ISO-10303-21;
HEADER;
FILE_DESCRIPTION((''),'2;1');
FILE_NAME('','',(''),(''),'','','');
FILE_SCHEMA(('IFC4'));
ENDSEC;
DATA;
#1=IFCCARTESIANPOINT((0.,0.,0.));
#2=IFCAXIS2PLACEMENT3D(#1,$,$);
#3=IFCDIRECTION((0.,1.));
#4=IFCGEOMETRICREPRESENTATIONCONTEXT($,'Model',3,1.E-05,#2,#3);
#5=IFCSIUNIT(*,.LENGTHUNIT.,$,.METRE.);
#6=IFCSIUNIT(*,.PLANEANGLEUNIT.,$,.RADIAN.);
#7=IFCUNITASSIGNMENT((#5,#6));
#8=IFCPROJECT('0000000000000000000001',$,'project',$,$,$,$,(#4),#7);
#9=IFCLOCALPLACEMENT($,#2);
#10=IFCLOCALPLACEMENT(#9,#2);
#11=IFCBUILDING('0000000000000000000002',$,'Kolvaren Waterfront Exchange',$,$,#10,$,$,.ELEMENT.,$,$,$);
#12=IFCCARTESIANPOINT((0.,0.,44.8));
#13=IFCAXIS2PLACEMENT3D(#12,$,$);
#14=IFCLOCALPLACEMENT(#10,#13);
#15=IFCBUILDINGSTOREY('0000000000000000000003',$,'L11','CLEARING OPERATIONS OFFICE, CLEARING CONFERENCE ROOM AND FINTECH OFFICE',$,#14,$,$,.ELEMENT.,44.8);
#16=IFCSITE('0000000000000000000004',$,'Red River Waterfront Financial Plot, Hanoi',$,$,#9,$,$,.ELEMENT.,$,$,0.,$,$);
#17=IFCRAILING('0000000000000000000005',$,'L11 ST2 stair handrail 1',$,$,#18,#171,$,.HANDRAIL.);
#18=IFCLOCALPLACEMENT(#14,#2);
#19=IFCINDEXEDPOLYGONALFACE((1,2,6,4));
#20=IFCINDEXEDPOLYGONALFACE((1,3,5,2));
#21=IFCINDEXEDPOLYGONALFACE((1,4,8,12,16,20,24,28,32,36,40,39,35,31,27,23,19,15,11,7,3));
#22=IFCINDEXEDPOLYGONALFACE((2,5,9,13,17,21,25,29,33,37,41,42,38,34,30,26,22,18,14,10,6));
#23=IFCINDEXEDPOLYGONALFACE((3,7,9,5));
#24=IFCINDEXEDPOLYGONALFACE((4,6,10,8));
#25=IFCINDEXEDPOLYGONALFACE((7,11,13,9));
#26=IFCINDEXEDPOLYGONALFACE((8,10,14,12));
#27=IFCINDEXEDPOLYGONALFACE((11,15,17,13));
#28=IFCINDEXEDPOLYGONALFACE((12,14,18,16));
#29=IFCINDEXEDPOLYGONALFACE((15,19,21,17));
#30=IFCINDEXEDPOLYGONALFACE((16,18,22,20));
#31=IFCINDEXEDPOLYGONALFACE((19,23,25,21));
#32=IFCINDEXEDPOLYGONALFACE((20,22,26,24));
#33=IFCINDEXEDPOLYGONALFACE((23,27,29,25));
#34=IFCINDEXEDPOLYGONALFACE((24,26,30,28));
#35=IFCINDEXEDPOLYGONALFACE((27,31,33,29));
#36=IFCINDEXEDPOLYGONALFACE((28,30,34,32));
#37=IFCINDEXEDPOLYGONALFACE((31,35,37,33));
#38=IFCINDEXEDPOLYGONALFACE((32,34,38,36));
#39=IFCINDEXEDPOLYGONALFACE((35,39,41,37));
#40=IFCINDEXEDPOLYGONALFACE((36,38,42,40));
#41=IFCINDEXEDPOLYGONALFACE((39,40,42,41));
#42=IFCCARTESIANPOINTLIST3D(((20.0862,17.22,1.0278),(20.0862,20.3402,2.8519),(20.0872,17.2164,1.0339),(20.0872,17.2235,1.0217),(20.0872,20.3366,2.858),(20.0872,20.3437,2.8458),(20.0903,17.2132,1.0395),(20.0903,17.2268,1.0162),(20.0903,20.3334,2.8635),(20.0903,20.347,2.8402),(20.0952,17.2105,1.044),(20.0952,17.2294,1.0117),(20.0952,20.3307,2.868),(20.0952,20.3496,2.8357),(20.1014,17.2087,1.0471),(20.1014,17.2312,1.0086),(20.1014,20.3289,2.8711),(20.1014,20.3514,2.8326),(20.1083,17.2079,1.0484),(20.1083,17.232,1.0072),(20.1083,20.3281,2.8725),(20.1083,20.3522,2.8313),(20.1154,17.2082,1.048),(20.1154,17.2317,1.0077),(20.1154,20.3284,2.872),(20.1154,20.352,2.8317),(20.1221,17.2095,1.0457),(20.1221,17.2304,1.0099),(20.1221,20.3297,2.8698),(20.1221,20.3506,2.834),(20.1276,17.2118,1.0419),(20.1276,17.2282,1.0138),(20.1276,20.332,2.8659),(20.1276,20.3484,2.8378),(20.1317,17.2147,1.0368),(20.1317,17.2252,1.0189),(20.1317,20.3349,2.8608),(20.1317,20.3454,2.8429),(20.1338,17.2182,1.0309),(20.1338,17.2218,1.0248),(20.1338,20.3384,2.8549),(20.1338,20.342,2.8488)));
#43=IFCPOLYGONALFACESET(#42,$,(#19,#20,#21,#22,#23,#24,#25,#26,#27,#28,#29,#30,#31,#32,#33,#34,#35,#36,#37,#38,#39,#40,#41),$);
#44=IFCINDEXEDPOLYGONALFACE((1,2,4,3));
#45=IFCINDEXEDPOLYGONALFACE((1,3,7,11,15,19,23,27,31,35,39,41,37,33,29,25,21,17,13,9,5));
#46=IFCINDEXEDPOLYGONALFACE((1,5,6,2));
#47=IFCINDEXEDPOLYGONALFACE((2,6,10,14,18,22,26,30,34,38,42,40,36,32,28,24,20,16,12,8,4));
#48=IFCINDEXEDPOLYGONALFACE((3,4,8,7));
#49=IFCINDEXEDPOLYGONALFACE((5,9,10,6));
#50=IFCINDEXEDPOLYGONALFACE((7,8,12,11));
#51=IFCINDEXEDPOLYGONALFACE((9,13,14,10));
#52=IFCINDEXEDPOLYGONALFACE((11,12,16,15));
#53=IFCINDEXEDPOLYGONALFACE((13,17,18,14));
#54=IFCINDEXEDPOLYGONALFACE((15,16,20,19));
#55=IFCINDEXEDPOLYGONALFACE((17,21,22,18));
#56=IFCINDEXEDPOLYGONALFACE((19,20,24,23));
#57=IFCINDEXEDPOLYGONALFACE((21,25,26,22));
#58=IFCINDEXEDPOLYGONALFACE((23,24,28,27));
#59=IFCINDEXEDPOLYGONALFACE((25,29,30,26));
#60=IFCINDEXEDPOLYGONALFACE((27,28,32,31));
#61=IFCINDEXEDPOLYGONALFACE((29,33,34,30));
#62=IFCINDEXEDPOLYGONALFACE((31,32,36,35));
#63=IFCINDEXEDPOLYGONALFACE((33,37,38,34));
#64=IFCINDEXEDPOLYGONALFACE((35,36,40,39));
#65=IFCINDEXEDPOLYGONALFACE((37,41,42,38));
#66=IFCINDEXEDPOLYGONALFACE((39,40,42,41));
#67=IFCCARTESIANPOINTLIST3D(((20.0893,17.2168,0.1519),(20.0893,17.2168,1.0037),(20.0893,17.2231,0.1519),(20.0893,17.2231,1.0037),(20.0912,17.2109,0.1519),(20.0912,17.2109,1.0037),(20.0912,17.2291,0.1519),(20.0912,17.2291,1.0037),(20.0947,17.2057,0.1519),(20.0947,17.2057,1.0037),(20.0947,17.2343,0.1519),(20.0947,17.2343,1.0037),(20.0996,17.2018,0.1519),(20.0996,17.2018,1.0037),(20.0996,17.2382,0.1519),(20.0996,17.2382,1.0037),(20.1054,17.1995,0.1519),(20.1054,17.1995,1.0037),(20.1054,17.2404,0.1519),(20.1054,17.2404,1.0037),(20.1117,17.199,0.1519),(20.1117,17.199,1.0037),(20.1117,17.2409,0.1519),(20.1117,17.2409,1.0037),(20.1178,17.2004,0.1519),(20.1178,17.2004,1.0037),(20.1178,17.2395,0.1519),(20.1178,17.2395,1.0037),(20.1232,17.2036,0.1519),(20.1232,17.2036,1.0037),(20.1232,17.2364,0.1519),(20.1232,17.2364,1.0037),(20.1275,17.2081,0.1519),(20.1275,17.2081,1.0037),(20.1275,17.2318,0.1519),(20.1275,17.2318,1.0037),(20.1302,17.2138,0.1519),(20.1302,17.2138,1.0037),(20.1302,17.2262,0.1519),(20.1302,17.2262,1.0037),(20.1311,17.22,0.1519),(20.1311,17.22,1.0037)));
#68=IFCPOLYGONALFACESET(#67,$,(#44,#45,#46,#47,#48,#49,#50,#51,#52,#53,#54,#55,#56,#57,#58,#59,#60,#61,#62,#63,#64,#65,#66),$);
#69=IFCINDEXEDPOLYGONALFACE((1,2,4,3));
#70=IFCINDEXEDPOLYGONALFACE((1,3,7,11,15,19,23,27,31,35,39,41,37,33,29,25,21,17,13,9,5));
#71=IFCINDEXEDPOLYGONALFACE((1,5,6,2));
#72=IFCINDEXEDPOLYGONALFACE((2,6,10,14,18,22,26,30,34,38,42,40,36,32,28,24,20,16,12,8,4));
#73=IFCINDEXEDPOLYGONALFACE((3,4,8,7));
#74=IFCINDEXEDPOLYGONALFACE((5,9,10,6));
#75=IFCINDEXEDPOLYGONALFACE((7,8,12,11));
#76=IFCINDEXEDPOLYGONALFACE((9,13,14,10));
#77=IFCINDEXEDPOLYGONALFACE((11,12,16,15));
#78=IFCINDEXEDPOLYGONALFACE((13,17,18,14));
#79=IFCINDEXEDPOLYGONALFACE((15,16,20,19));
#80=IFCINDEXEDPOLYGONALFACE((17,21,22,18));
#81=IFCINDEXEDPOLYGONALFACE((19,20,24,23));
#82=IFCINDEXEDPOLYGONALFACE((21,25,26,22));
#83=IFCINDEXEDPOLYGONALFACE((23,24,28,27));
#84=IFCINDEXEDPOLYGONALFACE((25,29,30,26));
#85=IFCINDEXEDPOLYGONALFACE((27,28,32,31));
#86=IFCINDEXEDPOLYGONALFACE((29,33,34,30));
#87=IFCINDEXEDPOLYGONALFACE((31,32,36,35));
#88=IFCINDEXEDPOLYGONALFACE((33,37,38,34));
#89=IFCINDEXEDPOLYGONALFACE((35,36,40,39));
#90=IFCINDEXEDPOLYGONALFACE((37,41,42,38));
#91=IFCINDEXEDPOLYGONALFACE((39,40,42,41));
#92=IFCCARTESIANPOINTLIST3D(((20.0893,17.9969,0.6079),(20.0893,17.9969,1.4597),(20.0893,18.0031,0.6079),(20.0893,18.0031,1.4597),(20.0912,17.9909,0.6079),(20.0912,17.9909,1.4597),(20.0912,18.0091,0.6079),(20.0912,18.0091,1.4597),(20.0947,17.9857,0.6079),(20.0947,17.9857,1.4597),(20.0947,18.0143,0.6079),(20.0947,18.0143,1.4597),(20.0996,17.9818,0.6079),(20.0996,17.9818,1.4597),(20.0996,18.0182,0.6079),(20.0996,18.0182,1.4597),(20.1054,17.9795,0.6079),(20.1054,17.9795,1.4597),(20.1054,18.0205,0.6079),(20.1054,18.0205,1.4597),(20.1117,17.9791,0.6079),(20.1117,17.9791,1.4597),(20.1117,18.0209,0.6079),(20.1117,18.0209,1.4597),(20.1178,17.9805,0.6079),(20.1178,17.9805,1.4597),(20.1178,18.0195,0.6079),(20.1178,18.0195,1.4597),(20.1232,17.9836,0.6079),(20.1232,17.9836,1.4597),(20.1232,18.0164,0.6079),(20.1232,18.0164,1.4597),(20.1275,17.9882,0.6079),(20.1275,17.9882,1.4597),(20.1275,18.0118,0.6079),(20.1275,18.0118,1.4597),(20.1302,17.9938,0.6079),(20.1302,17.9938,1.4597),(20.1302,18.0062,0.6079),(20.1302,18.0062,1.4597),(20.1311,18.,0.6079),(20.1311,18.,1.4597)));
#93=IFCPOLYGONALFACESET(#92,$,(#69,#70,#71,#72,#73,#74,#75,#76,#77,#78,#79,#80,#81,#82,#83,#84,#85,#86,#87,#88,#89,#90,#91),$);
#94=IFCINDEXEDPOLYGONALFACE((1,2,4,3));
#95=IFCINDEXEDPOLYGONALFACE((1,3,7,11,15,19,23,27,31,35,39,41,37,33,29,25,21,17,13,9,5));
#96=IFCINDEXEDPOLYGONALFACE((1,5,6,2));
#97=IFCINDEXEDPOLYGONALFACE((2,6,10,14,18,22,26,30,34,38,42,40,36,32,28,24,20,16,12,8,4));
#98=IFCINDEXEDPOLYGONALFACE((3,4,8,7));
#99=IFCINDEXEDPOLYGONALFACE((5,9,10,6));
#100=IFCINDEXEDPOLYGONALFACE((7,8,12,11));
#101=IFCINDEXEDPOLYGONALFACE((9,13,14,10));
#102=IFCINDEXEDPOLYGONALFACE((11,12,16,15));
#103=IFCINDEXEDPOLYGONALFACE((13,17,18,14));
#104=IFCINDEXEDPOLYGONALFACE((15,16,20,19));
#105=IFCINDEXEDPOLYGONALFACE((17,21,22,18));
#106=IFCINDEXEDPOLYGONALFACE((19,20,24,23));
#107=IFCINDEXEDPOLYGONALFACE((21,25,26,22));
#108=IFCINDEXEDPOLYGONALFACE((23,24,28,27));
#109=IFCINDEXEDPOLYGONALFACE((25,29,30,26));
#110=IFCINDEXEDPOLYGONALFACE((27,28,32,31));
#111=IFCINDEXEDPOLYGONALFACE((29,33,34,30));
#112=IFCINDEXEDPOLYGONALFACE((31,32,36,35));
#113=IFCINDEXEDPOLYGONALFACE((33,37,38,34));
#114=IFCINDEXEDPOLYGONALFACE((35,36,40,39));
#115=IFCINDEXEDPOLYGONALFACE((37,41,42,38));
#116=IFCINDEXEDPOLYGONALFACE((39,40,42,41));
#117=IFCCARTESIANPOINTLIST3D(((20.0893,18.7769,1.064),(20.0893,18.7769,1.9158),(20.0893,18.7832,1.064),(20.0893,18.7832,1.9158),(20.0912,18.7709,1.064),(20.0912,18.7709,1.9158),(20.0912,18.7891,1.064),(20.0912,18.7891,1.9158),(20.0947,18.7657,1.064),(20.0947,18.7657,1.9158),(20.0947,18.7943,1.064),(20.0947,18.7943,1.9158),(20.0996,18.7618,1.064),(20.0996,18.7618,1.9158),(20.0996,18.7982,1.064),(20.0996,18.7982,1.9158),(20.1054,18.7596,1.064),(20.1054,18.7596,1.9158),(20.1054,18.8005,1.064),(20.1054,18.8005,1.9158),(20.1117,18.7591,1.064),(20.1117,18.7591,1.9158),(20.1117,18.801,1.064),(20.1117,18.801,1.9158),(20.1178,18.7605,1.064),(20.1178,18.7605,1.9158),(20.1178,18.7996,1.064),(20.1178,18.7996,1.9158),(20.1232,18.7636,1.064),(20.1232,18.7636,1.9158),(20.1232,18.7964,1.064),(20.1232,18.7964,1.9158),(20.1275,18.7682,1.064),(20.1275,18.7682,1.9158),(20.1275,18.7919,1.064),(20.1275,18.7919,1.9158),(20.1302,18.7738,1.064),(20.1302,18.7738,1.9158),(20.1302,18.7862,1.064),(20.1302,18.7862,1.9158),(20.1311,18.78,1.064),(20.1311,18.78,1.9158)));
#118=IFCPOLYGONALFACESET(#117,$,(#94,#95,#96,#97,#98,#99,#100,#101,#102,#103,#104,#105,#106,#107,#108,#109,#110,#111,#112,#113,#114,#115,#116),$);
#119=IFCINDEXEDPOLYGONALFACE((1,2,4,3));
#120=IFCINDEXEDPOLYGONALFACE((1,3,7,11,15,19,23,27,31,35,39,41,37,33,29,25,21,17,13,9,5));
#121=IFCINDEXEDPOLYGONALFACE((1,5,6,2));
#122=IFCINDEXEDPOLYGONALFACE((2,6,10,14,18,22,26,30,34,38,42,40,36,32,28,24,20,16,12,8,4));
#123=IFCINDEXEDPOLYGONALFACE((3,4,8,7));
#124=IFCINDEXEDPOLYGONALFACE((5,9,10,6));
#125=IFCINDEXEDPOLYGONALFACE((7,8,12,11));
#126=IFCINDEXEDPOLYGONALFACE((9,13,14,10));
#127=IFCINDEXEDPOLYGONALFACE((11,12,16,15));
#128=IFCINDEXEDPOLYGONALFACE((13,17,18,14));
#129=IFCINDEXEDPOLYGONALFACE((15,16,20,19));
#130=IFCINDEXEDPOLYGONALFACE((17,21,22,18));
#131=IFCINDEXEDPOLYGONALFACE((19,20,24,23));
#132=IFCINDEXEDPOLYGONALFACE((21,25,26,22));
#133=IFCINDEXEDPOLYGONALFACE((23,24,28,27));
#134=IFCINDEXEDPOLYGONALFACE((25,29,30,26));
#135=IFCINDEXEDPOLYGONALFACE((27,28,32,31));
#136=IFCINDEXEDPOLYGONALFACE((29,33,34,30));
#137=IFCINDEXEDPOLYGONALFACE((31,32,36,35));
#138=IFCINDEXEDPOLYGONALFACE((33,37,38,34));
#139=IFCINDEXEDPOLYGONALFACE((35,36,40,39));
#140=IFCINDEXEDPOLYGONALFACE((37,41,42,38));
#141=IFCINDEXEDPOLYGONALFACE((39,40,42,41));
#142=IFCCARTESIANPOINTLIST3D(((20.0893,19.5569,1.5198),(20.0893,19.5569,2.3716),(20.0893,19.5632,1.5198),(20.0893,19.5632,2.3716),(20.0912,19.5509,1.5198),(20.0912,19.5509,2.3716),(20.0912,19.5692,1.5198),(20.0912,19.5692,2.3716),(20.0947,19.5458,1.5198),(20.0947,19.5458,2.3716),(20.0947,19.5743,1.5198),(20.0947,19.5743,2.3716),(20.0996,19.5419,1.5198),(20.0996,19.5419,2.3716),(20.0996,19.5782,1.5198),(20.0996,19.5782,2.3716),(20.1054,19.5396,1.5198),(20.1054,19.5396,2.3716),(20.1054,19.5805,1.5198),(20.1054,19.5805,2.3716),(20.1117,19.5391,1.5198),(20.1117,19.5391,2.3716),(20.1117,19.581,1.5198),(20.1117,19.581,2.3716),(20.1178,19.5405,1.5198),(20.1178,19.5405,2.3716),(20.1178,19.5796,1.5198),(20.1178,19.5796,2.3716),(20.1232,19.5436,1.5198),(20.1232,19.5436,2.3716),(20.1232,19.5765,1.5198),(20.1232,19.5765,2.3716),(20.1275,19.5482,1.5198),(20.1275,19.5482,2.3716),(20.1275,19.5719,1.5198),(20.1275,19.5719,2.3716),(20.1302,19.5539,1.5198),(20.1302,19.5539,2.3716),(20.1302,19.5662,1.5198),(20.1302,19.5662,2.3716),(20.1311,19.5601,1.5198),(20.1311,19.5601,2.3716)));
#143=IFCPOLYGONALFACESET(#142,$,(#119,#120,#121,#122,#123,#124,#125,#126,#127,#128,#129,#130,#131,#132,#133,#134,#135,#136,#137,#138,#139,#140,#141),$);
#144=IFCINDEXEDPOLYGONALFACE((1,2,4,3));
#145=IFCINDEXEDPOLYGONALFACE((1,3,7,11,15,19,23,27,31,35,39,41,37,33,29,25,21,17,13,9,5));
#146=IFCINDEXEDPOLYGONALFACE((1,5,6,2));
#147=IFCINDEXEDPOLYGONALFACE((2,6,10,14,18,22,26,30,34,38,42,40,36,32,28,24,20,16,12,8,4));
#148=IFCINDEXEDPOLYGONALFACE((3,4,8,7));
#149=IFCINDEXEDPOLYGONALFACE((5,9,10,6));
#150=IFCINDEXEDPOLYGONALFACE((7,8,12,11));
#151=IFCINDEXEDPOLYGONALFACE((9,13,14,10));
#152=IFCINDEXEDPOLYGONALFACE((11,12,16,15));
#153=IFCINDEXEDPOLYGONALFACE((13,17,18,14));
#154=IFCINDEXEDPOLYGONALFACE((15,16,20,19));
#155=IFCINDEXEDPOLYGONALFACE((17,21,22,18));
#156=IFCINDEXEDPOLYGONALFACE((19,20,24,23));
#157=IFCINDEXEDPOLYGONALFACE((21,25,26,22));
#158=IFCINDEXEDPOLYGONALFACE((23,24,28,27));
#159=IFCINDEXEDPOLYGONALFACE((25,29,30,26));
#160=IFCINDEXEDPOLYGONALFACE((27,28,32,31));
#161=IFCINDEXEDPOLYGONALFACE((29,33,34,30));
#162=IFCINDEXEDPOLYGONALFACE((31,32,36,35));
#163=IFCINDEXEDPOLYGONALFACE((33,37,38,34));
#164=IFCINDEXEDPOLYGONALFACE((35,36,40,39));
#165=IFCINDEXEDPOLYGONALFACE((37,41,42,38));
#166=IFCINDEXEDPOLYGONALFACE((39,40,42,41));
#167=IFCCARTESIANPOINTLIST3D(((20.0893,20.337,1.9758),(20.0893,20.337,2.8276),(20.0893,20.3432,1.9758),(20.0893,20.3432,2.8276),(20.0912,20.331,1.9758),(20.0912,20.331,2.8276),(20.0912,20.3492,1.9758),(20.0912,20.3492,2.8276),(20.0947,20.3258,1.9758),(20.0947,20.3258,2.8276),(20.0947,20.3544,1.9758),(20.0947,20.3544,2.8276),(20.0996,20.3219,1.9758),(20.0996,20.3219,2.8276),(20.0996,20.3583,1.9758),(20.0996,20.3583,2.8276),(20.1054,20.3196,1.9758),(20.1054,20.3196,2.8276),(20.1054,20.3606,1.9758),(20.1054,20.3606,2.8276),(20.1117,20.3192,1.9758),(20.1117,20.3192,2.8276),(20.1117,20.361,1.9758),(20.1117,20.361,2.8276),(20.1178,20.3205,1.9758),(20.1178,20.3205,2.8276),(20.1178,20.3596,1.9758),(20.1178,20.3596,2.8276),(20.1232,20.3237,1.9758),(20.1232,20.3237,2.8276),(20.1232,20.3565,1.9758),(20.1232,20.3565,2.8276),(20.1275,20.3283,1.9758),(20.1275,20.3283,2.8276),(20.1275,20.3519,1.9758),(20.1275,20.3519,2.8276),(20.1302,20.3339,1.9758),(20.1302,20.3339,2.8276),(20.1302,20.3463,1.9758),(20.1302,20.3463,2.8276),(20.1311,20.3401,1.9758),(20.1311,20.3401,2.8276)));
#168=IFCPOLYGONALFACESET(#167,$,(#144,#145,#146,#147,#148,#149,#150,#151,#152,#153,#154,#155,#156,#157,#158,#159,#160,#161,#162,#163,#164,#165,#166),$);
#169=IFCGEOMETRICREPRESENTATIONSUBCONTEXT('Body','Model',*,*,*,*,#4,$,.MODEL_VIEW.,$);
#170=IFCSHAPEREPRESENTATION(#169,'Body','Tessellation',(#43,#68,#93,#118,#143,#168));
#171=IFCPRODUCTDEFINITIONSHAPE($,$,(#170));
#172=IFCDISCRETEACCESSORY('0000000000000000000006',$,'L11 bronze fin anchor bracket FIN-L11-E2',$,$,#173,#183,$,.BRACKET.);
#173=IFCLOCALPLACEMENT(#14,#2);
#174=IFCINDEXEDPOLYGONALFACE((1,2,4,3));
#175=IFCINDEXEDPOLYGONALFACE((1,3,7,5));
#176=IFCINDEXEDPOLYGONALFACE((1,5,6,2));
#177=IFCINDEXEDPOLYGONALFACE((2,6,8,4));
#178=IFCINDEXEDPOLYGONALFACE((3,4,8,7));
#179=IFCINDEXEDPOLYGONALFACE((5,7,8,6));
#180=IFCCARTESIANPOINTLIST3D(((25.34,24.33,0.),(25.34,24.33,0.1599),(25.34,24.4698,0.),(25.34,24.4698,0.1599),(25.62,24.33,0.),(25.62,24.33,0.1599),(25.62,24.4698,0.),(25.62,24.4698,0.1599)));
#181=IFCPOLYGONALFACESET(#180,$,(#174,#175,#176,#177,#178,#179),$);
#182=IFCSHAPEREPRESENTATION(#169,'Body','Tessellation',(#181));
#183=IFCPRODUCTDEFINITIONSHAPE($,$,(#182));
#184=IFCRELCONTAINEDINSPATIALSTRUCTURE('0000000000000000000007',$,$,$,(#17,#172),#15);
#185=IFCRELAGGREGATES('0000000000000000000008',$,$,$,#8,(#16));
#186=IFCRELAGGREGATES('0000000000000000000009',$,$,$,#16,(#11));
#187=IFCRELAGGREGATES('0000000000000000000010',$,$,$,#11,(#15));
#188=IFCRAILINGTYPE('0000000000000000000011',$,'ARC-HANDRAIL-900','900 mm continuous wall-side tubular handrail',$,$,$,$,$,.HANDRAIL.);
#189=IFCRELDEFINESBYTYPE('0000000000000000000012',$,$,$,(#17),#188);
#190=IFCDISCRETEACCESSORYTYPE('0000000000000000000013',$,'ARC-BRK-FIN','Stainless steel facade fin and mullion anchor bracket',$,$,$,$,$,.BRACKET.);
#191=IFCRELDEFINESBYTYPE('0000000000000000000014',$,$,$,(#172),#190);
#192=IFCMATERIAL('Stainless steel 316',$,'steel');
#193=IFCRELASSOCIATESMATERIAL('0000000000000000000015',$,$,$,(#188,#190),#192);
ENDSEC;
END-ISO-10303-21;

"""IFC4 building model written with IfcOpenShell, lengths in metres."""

from ifc_helpers import new_model, si_unit, direction, frame, origin, origin_with_axes, origin_2d, place, context, subcontext, project, spatial, rectangle, circle, extrude, source, transform, mapped, material, type_object, element, save


model = new_model("IFC4")

# Units and contexts
model_context = context("Model", 3, precision=1e-05, world=origin(), true_north=direction((0.0, 1.0)))
body_context = subcontext(model_context, "Body", "Model", "MODEL_VIEW")
ifc_project = project(units=[si_unit("LENGTHUNIT", "METRE"), si_unit("PLANEANGLEUNIT", "RADIAN")], contexts=[model_context])

# Site, building, storey
site_placement = place(None, origin())
site = spatial("IfcSite", under=ifc_project, at=site_placement, Name="Red River Waterfront Financial Plot, Hanoi", CompositionType="ELEMENT", RefElevation=0.0)
building_placement = place(site_placement, origin())
building = spatial("IfcBuilding", under=site, at=building_placement, Name="Kolvaren Waterfront Exchange", CompositionType="ELEMENT")
storey_placement = place(building_placement, frame((0.0, 0.0, 44.8)))
storey = spatial("IfcBuildingStorey", under=building, at=storey_placement, Name="L11", Description="CLEARING OPERATIONS OFFICE, CLEARING CONFERENCE ROOM AND FINTECH OFFICE", CompositionType="ELEMENT", Elevation=44.8)

# Railing
ifc_material_1 = material(Name="Stainless steel 316", Category="steel")
railing_type = type_object("IfcRailingType", Name="ARC-HANDRAIL-900", Description="900 mm continuous wall-side tubular handrail", PredefinedType="HANDRAIL", material=ifc_material_1)
railing_placement = place(storey_placement, frame((20.1101, 17.22, 0.1519)))
element("IfcRailing", 1, at=railing_placement, inside=storey, type_object=railing_type, Name="L11 ST2 stair handrail 1", PredefinedType="HANDRAIL", context=body_context, shape_type="SweptSolid", body=[
    extrude(circle(Radius=0.0239, at=origin_2d()), frame((0.0, 0.0, 0.876), z_axis=(0.0, 0.863308, 0.504677), x_axis=(-1.0, 0.0, 0.0)), (0.0, 0.0, 1.0), 3.6143),
    extrude(circle(Radius=0.021, at=origin_2d()), origin(), (0.0, 0.0, 1.0), 0.8518),
    extrude(circle(Radius=0.021, at=origin_2d()), frame((0.0, 0.78, 0.4561)), (0.0, 0.0, 1.0), 0.8518),
    extrude(circle(Radius=0.021, at=origin_2d()), frame((0.0, 1.5601, 0.9121)), (0.0, 0.0, 1.0), 0.8518),
    extrude(circle(Radius=0.021, at=origin_2d()), frame((0.0, 2.3401, 1.3679)), (0.0, 0.0, 1.0), 0.8518),
    extrude(circle(Radius=0.021, at=origin_2d()), frame((0.0, 3.1201, 1.824)), (0.0, 0.0, 1.0), 0.8518),
])

# Discrete accessory
discrete_accessory_type = type_object("IfcDiscreteAccessoryType", Name="ARC-BRK-FIN", Description="Stainless steel facade fin and mullion anchor bracket", PredefinedType="BRACKET", material=ifc_material_1)
shared_shape_1 = source(origin_with_axes(), body_context, "Body", "SweptSolid", [
    extrude(rectangle(XDim=0.28, YDim=0.1399, at=origin_2d()), origin(), (0.0, 0.0, 1.0), 0.1599),
])
discrete_accessory_placement = place(storey_placement, frame((25.48, 24.3999, 0.0), z_axis=(0.0, 0.0, 1.0), x_axis=(1.0, 0.0, 0.0)))
element("IfcDiscreteAccessory", 2, at=discrete_accessory_placement, inside=storey, type_object=discrete_accessory_type, Name="L11 bronze fin anchor bracket FIN-L11-E2", PredefinedType="BRACKET", context=body_context, shape_type="MappedRepresentation", body=[
    mapped(shared_shape_1, transform((0.0, 0.0, 0.0), x_axis=(1.0, 0.0, 0.0), y_axis=(0.0, 1.0, 0.0), z_axis=(0.0, 0.0, 1.0), scale=1.0)),
])

save(model, "model.ifc")
